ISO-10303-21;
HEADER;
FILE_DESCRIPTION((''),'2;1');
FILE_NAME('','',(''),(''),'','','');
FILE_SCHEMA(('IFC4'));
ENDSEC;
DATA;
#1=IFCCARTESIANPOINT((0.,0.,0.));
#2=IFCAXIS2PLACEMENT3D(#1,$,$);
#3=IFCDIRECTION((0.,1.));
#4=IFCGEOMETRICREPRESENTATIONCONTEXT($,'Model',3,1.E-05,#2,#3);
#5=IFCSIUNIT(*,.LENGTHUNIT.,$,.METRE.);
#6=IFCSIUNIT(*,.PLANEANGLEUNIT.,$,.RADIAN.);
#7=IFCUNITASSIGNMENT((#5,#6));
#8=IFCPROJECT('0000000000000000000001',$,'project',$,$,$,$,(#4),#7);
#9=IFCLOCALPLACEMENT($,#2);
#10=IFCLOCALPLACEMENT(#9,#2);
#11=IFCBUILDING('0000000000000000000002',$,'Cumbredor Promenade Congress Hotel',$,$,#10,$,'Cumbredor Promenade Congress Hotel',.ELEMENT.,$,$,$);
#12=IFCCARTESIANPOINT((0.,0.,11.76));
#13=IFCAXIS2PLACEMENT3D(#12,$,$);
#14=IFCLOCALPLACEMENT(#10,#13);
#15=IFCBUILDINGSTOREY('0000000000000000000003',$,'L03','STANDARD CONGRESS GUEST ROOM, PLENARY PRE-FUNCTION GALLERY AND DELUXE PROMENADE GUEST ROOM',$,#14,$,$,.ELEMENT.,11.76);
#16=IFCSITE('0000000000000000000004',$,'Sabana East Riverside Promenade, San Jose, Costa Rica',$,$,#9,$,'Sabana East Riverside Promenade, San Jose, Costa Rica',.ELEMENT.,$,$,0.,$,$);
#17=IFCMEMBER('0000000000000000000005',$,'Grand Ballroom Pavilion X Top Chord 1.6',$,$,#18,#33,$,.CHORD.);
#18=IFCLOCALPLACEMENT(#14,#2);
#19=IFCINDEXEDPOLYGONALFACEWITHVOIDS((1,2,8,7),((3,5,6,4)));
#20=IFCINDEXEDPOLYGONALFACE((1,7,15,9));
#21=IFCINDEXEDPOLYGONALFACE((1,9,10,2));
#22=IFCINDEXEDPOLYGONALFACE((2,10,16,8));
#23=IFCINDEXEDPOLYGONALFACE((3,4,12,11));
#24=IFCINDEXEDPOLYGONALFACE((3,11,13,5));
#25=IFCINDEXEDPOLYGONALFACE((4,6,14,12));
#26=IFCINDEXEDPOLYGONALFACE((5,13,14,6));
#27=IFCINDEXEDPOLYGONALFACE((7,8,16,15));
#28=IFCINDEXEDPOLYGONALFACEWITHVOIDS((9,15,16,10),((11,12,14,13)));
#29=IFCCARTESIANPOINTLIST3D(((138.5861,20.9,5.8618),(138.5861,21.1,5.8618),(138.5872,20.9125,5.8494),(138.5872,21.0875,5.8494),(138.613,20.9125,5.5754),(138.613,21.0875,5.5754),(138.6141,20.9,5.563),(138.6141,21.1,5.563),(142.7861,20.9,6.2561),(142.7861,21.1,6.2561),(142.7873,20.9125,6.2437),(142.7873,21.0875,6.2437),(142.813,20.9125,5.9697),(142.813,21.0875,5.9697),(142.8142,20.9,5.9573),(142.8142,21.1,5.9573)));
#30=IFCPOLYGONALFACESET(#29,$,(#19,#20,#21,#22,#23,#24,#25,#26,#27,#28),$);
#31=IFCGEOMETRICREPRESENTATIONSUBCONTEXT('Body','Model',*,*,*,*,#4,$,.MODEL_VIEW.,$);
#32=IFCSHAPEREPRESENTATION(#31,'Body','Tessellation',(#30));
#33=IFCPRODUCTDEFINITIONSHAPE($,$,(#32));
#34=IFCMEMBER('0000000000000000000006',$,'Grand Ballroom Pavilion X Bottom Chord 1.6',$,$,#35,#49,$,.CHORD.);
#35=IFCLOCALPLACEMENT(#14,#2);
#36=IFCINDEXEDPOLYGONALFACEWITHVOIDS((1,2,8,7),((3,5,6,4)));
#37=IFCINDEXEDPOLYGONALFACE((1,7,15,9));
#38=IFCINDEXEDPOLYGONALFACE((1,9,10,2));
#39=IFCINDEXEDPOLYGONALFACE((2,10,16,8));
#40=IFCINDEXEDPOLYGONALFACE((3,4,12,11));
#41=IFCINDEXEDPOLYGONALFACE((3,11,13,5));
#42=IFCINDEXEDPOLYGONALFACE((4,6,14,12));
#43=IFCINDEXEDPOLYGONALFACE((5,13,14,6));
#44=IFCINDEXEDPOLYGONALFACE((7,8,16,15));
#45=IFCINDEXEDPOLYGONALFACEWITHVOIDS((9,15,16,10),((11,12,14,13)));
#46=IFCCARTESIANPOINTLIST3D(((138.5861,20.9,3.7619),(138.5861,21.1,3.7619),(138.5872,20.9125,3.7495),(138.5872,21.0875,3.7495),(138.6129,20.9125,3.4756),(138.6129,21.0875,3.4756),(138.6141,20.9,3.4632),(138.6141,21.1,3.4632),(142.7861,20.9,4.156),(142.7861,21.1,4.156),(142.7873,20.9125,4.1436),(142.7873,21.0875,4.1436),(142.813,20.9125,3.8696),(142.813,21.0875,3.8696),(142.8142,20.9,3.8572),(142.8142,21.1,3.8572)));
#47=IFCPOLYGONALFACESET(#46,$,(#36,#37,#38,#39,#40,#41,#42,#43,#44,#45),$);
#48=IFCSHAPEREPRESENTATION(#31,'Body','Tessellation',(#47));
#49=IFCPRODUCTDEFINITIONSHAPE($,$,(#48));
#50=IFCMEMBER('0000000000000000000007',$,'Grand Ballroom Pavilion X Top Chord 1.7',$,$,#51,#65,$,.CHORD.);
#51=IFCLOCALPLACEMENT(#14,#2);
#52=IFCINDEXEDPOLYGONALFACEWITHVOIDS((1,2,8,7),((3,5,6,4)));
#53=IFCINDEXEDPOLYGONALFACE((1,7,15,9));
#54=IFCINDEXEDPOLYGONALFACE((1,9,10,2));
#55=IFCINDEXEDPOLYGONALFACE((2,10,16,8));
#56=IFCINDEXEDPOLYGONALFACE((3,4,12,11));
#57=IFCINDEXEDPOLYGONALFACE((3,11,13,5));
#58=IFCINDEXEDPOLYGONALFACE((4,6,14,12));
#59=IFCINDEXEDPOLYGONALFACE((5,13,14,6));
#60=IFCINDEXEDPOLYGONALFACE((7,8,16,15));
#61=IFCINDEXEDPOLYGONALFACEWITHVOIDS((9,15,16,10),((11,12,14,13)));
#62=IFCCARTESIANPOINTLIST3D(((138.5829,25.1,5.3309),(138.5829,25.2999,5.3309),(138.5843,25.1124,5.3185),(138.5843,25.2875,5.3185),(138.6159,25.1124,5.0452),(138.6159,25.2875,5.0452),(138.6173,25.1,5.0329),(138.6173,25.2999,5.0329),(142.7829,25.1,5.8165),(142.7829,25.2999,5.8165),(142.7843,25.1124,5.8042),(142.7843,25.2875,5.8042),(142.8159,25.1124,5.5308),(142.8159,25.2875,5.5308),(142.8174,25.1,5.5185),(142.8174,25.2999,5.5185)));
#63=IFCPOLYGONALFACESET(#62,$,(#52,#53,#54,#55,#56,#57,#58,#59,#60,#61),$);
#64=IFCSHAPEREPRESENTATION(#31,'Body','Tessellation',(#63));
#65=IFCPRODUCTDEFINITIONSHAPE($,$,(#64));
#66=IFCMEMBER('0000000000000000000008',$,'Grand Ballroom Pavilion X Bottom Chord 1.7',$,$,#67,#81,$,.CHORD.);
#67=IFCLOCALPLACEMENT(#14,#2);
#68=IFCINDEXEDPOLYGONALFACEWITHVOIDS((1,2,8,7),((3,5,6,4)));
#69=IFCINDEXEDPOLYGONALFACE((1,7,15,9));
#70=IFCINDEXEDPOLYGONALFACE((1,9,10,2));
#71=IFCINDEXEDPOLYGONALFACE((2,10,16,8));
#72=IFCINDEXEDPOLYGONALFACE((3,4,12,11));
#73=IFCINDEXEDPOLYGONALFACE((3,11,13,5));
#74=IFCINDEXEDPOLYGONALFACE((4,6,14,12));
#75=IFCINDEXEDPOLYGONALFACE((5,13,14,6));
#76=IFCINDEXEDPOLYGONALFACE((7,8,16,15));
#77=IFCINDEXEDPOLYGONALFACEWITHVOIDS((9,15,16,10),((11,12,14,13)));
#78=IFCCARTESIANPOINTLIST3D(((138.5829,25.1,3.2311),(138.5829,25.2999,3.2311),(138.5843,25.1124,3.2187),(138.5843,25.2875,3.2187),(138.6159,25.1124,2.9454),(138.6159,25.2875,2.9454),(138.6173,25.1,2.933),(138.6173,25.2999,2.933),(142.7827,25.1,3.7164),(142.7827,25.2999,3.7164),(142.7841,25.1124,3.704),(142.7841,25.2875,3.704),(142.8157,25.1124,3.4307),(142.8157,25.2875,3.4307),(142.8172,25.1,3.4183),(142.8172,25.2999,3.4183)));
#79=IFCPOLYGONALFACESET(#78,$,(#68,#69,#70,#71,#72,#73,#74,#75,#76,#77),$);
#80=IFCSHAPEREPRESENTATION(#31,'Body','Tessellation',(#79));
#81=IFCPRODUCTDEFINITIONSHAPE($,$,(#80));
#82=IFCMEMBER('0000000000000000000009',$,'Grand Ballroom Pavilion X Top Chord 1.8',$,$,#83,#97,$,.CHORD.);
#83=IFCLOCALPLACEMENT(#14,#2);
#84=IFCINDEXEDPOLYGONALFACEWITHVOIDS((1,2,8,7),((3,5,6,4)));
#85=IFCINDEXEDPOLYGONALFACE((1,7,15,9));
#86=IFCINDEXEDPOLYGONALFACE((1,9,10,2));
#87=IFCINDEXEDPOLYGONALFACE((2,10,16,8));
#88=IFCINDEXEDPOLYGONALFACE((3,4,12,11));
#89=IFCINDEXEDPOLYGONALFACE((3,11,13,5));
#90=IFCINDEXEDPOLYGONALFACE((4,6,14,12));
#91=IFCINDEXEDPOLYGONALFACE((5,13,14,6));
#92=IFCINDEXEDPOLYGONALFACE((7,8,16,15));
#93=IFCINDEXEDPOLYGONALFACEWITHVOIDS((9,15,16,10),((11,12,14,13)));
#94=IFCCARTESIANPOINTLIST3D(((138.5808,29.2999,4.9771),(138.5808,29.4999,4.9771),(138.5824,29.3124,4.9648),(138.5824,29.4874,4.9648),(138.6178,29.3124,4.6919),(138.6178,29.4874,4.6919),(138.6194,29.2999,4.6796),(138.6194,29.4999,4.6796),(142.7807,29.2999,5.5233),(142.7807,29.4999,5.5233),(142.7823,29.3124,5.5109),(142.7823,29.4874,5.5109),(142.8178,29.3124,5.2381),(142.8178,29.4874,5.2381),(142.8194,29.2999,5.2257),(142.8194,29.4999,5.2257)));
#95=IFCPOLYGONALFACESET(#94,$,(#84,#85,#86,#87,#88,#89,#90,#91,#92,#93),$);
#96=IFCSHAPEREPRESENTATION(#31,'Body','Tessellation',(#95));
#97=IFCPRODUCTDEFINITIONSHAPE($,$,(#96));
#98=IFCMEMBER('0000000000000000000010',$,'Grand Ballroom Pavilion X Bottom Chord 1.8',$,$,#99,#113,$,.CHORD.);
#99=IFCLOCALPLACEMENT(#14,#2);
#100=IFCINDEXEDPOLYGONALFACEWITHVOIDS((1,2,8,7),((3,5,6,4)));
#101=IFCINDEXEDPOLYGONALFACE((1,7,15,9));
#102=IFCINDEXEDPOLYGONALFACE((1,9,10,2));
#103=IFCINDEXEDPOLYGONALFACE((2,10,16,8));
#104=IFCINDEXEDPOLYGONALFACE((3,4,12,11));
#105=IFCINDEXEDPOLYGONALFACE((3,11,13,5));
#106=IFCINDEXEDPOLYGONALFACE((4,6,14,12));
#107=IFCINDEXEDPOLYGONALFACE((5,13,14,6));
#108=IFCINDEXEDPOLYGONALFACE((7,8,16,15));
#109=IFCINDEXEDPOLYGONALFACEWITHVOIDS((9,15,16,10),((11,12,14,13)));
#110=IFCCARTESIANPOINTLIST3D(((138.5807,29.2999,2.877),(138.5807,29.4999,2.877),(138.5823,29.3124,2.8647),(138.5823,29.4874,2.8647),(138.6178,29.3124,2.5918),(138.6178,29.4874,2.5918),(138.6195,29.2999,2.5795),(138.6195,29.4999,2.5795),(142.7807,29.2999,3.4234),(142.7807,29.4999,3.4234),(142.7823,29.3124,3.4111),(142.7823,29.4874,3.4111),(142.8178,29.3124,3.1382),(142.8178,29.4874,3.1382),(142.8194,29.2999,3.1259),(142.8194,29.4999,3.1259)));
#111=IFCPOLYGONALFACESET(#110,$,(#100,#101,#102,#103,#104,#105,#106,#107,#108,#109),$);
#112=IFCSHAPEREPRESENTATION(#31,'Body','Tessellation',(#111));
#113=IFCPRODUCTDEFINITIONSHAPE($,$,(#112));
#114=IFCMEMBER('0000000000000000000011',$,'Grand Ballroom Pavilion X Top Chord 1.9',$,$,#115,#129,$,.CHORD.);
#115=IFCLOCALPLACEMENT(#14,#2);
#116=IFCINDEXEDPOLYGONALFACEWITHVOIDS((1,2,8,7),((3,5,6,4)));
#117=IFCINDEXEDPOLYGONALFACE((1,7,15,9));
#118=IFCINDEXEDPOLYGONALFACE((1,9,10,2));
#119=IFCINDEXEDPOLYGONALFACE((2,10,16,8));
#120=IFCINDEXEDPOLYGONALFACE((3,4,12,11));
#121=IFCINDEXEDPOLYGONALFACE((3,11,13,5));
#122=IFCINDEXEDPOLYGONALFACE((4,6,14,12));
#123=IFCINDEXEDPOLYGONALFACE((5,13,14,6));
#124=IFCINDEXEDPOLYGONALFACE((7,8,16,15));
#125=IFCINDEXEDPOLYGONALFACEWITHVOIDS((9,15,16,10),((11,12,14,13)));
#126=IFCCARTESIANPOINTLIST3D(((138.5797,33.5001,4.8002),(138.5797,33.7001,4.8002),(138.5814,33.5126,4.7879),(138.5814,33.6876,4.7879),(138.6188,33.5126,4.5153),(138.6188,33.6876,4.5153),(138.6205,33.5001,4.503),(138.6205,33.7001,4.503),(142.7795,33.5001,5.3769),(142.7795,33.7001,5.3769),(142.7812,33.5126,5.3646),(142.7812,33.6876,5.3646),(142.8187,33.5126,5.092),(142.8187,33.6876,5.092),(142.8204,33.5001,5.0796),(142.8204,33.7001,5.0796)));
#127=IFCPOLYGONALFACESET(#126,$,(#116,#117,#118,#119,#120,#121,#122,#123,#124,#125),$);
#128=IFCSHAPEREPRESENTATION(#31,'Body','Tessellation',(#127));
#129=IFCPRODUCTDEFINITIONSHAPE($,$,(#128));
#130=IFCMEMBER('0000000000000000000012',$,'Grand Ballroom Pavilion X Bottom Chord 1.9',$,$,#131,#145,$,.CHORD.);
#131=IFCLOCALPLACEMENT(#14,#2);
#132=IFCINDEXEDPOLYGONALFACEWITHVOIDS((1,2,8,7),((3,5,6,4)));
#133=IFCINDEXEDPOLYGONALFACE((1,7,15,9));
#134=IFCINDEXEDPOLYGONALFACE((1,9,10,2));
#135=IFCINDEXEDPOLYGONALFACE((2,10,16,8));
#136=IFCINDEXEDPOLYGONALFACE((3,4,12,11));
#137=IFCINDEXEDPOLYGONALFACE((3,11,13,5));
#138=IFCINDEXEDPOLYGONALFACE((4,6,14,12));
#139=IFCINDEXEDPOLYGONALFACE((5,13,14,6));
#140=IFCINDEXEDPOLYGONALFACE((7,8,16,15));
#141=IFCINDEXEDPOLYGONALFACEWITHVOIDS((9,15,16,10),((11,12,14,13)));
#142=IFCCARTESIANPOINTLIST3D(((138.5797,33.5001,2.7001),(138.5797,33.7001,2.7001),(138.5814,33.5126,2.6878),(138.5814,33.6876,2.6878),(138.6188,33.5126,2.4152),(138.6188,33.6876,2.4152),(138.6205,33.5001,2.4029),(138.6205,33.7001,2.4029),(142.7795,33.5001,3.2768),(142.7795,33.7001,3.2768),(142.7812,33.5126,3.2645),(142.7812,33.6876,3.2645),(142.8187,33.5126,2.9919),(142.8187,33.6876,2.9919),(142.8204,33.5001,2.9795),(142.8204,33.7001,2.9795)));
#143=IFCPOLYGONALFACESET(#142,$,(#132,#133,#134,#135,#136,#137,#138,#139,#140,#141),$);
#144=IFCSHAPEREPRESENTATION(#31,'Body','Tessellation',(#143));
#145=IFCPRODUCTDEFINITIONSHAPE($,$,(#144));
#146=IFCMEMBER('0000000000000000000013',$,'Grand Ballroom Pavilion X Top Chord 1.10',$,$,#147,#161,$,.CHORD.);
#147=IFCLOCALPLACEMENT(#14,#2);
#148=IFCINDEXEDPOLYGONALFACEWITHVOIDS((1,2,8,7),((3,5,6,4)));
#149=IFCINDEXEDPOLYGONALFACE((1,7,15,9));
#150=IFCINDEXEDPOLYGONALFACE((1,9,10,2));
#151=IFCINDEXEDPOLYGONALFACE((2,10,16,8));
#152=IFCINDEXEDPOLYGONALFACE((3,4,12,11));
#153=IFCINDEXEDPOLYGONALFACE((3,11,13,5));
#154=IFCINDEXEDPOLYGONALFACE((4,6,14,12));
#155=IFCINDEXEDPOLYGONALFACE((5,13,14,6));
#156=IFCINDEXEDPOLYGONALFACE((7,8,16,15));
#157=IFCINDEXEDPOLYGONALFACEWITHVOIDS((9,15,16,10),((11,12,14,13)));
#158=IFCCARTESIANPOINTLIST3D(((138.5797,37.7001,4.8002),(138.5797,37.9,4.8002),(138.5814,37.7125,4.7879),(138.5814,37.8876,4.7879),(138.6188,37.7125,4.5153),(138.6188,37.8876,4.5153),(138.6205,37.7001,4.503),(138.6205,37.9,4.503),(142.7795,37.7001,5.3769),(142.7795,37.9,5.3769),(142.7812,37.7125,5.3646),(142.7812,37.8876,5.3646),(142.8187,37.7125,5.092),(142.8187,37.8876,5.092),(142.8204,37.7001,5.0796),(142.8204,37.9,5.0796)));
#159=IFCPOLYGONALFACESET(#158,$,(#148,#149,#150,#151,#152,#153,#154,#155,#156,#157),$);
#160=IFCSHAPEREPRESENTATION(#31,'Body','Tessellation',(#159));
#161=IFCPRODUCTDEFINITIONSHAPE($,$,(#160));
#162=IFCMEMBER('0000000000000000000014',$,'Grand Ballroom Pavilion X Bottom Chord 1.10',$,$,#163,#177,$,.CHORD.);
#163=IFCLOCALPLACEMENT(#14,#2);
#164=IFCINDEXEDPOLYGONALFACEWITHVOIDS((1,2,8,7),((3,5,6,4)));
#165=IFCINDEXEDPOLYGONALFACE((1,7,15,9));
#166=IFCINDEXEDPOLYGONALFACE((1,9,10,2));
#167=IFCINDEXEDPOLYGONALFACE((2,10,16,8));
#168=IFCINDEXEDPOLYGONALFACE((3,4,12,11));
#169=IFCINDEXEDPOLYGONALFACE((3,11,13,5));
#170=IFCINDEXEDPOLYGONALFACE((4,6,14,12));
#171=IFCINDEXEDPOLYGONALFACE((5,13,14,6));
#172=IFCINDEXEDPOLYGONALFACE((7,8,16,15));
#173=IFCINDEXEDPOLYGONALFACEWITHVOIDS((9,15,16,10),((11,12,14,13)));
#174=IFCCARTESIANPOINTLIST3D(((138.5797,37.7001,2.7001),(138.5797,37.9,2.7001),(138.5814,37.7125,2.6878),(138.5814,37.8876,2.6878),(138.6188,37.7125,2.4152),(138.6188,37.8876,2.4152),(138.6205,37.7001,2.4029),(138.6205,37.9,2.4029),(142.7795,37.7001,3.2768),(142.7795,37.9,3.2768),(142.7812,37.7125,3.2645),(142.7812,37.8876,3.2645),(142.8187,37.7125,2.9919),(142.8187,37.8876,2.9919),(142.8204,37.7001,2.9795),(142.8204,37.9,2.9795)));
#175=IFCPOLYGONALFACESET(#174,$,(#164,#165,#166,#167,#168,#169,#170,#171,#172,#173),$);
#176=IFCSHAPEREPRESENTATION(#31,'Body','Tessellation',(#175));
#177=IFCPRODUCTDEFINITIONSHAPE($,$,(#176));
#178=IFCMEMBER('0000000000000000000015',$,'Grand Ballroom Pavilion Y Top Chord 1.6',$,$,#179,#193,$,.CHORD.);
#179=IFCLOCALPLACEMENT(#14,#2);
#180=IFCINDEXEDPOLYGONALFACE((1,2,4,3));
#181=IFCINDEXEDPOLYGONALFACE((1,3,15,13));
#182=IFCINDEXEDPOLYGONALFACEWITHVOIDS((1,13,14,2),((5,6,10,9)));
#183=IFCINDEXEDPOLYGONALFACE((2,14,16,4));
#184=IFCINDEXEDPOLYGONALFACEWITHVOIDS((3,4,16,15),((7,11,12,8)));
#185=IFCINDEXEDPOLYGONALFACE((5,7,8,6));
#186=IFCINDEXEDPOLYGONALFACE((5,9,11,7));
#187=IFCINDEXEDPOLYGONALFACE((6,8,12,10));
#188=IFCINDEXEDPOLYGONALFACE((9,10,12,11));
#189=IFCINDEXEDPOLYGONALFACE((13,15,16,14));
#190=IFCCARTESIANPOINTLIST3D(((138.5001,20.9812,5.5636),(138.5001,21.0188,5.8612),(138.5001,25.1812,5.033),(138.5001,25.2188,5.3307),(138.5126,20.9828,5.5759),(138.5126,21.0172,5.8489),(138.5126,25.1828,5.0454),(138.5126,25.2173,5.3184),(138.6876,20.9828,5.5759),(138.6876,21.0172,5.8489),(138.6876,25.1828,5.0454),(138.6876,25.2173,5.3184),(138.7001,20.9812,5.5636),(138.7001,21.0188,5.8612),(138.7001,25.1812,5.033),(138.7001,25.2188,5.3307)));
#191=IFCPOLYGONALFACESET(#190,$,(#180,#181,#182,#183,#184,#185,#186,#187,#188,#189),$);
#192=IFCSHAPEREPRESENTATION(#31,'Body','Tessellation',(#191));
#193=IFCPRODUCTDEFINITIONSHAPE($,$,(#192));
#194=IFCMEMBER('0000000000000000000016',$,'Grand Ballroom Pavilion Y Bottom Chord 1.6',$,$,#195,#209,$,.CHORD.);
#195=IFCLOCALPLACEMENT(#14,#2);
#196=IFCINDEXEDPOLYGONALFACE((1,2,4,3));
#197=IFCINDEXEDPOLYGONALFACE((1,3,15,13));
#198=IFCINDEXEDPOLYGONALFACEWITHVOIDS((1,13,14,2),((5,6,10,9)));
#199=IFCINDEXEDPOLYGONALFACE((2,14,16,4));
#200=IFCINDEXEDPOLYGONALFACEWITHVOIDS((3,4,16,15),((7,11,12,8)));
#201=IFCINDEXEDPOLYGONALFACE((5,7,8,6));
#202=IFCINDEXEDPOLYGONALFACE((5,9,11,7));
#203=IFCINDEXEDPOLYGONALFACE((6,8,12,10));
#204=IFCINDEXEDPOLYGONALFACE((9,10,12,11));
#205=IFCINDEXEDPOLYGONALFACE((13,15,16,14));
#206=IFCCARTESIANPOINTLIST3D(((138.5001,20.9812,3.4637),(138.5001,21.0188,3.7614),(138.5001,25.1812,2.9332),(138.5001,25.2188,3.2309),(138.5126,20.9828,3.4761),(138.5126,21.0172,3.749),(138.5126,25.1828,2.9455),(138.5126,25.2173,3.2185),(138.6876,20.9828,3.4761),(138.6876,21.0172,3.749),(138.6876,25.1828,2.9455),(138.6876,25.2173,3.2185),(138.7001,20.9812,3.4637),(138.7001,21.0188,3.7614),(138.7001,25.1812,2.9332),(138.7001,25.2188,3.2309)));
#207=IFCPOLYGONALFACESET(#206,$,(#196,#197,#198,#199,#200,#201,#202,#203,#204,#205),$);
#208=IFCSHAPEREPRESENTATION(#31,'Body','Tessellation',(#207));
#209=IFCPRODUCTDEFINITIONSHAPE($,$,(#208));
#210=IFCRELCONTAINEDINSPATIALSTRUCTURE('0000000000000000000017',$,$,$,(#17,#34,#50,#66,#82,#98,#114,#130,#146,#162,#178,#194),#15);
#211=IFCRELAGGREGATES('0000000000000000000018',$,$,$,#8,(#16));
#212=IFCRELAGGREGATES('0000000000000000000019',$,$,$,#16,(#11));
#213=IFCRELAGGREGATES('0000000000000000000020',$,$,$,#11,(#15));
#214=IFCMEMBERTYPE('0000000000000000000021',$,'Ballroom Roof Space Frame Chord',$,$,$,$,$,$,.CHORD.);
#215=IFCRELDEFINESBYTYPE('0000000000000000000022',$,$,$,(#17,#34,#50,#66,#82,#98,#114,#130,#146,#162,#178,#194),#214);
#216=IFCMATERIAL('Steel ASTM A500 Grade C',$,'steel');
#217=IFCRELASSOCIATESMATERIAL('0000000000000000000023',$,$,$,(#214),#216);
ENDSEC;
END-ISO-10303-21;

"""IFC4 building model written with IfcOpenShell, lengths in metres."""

from ifc_helpers import new_model, si_unit, direction, frame, origin, origin_2d, place, context, subcontext, project, spatial, hollow_rectangle, extrude, material, material_profile, profile_set, type_object, element, save


model = new_model("IFC4")

# Units and contexts
model_context = context("Model", 3, precision=1e-05, world=origin(), true_north=direction((0.0, 1.0)))
body_context = subcontext(model_context, "Body", "Model", "MODEL_VIEW")
ifc_project = project(units=[si_unit("LENGTHUNIT", "METRE"), si_unit("PLANEANGLEUNIT", "RADIAN")], contexts=[model_context])

# Site, building, storey
site_placement = place(None, origin())
site = spatial("IfcSite", under=ifc_project, at=site_placement, Name="Sabana East Riverside Promenade, San Jose, Costa Rica", LongName="Sabana East Riverside Promenade, San Jose, Costa Rica", CompositionType="ELEMENT", RefElevation=0.0)
building_placement = place(site_placement, origin())
building = spatial("IfcBuilding", under=site, at=building_placement, Name="Cumbredor Promenade Congress Hotel", LongName="Cumbredor Promenade Congress Hotel", CompositionType="ELEMENT")
storey_placement = place(building_placement, frame((0.0, 0.0, 11.76)))
storey = spatial("IfcBuildingStorey", under=building, at=storey_placement, Name="L03", Description="STANDARD CONGRESS GUEST ROOM, PLENARY PRE-FUNCTION GALLERY AND DELUXE PROMENADE GUEST ROOM", CompositionType="ELEMENT", Elevation=11.76)

# Members
ifc_material_1 = material(Name="Steel ASTM A500 Grade C", Category="steel")
ifc_material_profile_1 = material_profile(ifc_material_1, hollow_rectangle(XDim=0.2, YDim=0.3, WallThickness=0.0125, at=origin_2d()), Name="HSS 300x200x12.5")
ifc_profile_set_1 = profile_set([ifc_material_profile_1], Name="Steel ASTM A500 Grade C")
member_type_1 = type_object("IfcMemberType", Name="Ballroom Roof Space Frame Chord", PredefinedType="CHORD", material=ifc_profile_set_1)
for number, where, z_axis, x_axis, name in (
    (1, (138.6001, 21.0, 5.7124), (0.995622, 0.0, 0.093468), (0.0, 1.0, 0.0), "Grand Ballroom Pavilion X Top Chord 1.6"),
    (2, (138.6001, 21.0, 3.6125), (0.995628, 0.0, 0.093411), (0.0, 1.0, 0.0), "Grand Ballroom Pavilion X Bottom Chord 1.6"),
):
    element("IfcMember", number, at=place(storey_placement, frame(where, z_axis=z_axis, x_axis=x_axis)), inside=storey, type_object=member_type_1, Name=name, PredefinedType="CHORD", context=body_context, shape_type="SweptSolid", body=[
        extrude(hollow_rectangle(XDim=0.2, YDim=0.3, WallThickness=0.0125, at=origin_2d()), origin(), (0.0, 0.0, 1.0), 4.2185),
    ])
member_1_placement = place(storey_placement, frame((138.6001, 25.2, 5.1819), z_axis=(0.993382, 0.0, 0.114854), x_axis=(0.0, 1.0, 0.0)))
element("IfcMember", 3, at=member_1_placement, inside=storey, type_object=member_type_1, Name="Grand Ballroom Pavilion X Top Chord 1.7", PredefinedType="CHORD", context=body_context, shape_type="SweptSolid", body=[
    extrude(hollow_rectangle(XDim=0.2, YDim=0.3, WallThickness=0.0125, at=origin_2d()), origin(), (0.0, 0.0, 1.0), 4.228),
])
member_2_placement = place(storey_placement, frame((138.6001, 25.2, 3.082), z_axis=(0.993389, 0.0, 0.114797), x_axis=(0.0, 1.0, 0.0)))
element("IfcMember", 4, at=member_2_placement, inside=storey, type_object=member_type_1, Name="Grand Ballroom Pavilion X Bottom Chord 1.7", PredefinedType="CHORD", context=body_context, shape_type="SweptSolid", body=[
    extrude(hollow_rectangle(XDim=0.2, YDim=0.3, WallThickness=0.0125, at=origin_2d()), origin(), (0.0, 0.0, 1.0), 4.2278),
])
for number, where, z_axis, x_axis, name in (
    (5, (138.6001, 29.3999, 4.8284), (0.991651, 0.0, 0.12895), (0.0, 1.0, 0.0), "Grand Ballroom Pavilion X Top Chord 1.8"),
    (6, (138.6001, 29.3999, 2.7283), (0.991644, 0.0, 0.129006), (0.0, 1.0, 0.0), "Grand Ballroom Pavilion X Bottom Chord 1.8"),
):
    element("IfcMember", number, at=place(storey_placement, frame(where, z_axis=z_axis, x_axis=x_axis)), inside=storey, type_object=member_type_1, Name=name, PredefinedType="CHORD", context=body_context, shape_type="SweptSolid", body=[
        extrude(hollow_rectangle(XDim=0.2, YDim=0.3, WallThickness=0.0125, at=origin_2d()), origin(), (0.0, 0.0, 1.0), 4.2354),
    ])
for number, where, z_axis, x_axis, name in (
    (7, (138.6001, 33.6001, 4.6516), (0.990705, 0.0, 0.136025), (0.0, 1.0, 0.0), "Grand Ballroom Pavilion X Top Chord 1.9"),
    (8, (138.6001, 33.6001, 2.5515), (0.990705, 0.0, 0.136025), (0.0, 1.0, 0.0), "Grand Ballroom Pavilion X Bottom Chord 1.9"),
    (9, (138.6001, 37.8, 4.6516), (0.990705, 0.0, 0.136025), (0.0, 1.0, 0.0), "Grand Ballroom Pavilion X Top Chord 1.10"),
    (10, (138.6001, 37.8, 2.5515), (0.990705, 0.0, 0.136025), (0.0, 1.0, 0.0), "Grand Ballroom Pavilion X Bottom Chord 1.10"),
):
    element("IfcMember", number, at=place(storey_placement, frame(where, z_axis=z_axis, x_axis=x_axis)), inside=storey, type_object=member_type_1, Name=name, PredefinedType="CHORD", context=body_context, shape_type="SweptSolid", body=[
        extrude(hollow_rectangle(XDim=0.2, YDim=0.3, WallThickness=0.0125, at=origin_2d()), origin(), (0.0, 0.0, 1.0), 4.2393),
    ])
for number, where, z_axis, x_axis, name in (
    (11, (138.6001, 21.0, 5.7124), (0.0, 0.992116, -0.125319), (-1.0, 0.0, 0.0), "Grand Ballroom Pavilion Y Top Chord 1.6"),
    (12, (138.6001, 21.0, 3.6125), (0.0, 0.992116, -0.125319), (-1.0, 0.0, 0.0), "Grand Ballroom Pavilion Y Bottom Chord 1.6"),
):
    element("IfcMember", number, at=place(storey_placement, frame(where, z_axis=z_axis, x_axis=x_axis)), inside=storey, type_object=member_type_1, Name=name, PredefinedType="CHORD", context=body_context, shape_type="SweptSolid", body=[
        extrude(hollow_rectangle(XDim=0.2, YDim=0.3, WallThickness=0.0125, at=origin_2d()), origin(), (0.0, 0.0, 1.0), 4.2334),
    ])

save(model, "model.ifc")
